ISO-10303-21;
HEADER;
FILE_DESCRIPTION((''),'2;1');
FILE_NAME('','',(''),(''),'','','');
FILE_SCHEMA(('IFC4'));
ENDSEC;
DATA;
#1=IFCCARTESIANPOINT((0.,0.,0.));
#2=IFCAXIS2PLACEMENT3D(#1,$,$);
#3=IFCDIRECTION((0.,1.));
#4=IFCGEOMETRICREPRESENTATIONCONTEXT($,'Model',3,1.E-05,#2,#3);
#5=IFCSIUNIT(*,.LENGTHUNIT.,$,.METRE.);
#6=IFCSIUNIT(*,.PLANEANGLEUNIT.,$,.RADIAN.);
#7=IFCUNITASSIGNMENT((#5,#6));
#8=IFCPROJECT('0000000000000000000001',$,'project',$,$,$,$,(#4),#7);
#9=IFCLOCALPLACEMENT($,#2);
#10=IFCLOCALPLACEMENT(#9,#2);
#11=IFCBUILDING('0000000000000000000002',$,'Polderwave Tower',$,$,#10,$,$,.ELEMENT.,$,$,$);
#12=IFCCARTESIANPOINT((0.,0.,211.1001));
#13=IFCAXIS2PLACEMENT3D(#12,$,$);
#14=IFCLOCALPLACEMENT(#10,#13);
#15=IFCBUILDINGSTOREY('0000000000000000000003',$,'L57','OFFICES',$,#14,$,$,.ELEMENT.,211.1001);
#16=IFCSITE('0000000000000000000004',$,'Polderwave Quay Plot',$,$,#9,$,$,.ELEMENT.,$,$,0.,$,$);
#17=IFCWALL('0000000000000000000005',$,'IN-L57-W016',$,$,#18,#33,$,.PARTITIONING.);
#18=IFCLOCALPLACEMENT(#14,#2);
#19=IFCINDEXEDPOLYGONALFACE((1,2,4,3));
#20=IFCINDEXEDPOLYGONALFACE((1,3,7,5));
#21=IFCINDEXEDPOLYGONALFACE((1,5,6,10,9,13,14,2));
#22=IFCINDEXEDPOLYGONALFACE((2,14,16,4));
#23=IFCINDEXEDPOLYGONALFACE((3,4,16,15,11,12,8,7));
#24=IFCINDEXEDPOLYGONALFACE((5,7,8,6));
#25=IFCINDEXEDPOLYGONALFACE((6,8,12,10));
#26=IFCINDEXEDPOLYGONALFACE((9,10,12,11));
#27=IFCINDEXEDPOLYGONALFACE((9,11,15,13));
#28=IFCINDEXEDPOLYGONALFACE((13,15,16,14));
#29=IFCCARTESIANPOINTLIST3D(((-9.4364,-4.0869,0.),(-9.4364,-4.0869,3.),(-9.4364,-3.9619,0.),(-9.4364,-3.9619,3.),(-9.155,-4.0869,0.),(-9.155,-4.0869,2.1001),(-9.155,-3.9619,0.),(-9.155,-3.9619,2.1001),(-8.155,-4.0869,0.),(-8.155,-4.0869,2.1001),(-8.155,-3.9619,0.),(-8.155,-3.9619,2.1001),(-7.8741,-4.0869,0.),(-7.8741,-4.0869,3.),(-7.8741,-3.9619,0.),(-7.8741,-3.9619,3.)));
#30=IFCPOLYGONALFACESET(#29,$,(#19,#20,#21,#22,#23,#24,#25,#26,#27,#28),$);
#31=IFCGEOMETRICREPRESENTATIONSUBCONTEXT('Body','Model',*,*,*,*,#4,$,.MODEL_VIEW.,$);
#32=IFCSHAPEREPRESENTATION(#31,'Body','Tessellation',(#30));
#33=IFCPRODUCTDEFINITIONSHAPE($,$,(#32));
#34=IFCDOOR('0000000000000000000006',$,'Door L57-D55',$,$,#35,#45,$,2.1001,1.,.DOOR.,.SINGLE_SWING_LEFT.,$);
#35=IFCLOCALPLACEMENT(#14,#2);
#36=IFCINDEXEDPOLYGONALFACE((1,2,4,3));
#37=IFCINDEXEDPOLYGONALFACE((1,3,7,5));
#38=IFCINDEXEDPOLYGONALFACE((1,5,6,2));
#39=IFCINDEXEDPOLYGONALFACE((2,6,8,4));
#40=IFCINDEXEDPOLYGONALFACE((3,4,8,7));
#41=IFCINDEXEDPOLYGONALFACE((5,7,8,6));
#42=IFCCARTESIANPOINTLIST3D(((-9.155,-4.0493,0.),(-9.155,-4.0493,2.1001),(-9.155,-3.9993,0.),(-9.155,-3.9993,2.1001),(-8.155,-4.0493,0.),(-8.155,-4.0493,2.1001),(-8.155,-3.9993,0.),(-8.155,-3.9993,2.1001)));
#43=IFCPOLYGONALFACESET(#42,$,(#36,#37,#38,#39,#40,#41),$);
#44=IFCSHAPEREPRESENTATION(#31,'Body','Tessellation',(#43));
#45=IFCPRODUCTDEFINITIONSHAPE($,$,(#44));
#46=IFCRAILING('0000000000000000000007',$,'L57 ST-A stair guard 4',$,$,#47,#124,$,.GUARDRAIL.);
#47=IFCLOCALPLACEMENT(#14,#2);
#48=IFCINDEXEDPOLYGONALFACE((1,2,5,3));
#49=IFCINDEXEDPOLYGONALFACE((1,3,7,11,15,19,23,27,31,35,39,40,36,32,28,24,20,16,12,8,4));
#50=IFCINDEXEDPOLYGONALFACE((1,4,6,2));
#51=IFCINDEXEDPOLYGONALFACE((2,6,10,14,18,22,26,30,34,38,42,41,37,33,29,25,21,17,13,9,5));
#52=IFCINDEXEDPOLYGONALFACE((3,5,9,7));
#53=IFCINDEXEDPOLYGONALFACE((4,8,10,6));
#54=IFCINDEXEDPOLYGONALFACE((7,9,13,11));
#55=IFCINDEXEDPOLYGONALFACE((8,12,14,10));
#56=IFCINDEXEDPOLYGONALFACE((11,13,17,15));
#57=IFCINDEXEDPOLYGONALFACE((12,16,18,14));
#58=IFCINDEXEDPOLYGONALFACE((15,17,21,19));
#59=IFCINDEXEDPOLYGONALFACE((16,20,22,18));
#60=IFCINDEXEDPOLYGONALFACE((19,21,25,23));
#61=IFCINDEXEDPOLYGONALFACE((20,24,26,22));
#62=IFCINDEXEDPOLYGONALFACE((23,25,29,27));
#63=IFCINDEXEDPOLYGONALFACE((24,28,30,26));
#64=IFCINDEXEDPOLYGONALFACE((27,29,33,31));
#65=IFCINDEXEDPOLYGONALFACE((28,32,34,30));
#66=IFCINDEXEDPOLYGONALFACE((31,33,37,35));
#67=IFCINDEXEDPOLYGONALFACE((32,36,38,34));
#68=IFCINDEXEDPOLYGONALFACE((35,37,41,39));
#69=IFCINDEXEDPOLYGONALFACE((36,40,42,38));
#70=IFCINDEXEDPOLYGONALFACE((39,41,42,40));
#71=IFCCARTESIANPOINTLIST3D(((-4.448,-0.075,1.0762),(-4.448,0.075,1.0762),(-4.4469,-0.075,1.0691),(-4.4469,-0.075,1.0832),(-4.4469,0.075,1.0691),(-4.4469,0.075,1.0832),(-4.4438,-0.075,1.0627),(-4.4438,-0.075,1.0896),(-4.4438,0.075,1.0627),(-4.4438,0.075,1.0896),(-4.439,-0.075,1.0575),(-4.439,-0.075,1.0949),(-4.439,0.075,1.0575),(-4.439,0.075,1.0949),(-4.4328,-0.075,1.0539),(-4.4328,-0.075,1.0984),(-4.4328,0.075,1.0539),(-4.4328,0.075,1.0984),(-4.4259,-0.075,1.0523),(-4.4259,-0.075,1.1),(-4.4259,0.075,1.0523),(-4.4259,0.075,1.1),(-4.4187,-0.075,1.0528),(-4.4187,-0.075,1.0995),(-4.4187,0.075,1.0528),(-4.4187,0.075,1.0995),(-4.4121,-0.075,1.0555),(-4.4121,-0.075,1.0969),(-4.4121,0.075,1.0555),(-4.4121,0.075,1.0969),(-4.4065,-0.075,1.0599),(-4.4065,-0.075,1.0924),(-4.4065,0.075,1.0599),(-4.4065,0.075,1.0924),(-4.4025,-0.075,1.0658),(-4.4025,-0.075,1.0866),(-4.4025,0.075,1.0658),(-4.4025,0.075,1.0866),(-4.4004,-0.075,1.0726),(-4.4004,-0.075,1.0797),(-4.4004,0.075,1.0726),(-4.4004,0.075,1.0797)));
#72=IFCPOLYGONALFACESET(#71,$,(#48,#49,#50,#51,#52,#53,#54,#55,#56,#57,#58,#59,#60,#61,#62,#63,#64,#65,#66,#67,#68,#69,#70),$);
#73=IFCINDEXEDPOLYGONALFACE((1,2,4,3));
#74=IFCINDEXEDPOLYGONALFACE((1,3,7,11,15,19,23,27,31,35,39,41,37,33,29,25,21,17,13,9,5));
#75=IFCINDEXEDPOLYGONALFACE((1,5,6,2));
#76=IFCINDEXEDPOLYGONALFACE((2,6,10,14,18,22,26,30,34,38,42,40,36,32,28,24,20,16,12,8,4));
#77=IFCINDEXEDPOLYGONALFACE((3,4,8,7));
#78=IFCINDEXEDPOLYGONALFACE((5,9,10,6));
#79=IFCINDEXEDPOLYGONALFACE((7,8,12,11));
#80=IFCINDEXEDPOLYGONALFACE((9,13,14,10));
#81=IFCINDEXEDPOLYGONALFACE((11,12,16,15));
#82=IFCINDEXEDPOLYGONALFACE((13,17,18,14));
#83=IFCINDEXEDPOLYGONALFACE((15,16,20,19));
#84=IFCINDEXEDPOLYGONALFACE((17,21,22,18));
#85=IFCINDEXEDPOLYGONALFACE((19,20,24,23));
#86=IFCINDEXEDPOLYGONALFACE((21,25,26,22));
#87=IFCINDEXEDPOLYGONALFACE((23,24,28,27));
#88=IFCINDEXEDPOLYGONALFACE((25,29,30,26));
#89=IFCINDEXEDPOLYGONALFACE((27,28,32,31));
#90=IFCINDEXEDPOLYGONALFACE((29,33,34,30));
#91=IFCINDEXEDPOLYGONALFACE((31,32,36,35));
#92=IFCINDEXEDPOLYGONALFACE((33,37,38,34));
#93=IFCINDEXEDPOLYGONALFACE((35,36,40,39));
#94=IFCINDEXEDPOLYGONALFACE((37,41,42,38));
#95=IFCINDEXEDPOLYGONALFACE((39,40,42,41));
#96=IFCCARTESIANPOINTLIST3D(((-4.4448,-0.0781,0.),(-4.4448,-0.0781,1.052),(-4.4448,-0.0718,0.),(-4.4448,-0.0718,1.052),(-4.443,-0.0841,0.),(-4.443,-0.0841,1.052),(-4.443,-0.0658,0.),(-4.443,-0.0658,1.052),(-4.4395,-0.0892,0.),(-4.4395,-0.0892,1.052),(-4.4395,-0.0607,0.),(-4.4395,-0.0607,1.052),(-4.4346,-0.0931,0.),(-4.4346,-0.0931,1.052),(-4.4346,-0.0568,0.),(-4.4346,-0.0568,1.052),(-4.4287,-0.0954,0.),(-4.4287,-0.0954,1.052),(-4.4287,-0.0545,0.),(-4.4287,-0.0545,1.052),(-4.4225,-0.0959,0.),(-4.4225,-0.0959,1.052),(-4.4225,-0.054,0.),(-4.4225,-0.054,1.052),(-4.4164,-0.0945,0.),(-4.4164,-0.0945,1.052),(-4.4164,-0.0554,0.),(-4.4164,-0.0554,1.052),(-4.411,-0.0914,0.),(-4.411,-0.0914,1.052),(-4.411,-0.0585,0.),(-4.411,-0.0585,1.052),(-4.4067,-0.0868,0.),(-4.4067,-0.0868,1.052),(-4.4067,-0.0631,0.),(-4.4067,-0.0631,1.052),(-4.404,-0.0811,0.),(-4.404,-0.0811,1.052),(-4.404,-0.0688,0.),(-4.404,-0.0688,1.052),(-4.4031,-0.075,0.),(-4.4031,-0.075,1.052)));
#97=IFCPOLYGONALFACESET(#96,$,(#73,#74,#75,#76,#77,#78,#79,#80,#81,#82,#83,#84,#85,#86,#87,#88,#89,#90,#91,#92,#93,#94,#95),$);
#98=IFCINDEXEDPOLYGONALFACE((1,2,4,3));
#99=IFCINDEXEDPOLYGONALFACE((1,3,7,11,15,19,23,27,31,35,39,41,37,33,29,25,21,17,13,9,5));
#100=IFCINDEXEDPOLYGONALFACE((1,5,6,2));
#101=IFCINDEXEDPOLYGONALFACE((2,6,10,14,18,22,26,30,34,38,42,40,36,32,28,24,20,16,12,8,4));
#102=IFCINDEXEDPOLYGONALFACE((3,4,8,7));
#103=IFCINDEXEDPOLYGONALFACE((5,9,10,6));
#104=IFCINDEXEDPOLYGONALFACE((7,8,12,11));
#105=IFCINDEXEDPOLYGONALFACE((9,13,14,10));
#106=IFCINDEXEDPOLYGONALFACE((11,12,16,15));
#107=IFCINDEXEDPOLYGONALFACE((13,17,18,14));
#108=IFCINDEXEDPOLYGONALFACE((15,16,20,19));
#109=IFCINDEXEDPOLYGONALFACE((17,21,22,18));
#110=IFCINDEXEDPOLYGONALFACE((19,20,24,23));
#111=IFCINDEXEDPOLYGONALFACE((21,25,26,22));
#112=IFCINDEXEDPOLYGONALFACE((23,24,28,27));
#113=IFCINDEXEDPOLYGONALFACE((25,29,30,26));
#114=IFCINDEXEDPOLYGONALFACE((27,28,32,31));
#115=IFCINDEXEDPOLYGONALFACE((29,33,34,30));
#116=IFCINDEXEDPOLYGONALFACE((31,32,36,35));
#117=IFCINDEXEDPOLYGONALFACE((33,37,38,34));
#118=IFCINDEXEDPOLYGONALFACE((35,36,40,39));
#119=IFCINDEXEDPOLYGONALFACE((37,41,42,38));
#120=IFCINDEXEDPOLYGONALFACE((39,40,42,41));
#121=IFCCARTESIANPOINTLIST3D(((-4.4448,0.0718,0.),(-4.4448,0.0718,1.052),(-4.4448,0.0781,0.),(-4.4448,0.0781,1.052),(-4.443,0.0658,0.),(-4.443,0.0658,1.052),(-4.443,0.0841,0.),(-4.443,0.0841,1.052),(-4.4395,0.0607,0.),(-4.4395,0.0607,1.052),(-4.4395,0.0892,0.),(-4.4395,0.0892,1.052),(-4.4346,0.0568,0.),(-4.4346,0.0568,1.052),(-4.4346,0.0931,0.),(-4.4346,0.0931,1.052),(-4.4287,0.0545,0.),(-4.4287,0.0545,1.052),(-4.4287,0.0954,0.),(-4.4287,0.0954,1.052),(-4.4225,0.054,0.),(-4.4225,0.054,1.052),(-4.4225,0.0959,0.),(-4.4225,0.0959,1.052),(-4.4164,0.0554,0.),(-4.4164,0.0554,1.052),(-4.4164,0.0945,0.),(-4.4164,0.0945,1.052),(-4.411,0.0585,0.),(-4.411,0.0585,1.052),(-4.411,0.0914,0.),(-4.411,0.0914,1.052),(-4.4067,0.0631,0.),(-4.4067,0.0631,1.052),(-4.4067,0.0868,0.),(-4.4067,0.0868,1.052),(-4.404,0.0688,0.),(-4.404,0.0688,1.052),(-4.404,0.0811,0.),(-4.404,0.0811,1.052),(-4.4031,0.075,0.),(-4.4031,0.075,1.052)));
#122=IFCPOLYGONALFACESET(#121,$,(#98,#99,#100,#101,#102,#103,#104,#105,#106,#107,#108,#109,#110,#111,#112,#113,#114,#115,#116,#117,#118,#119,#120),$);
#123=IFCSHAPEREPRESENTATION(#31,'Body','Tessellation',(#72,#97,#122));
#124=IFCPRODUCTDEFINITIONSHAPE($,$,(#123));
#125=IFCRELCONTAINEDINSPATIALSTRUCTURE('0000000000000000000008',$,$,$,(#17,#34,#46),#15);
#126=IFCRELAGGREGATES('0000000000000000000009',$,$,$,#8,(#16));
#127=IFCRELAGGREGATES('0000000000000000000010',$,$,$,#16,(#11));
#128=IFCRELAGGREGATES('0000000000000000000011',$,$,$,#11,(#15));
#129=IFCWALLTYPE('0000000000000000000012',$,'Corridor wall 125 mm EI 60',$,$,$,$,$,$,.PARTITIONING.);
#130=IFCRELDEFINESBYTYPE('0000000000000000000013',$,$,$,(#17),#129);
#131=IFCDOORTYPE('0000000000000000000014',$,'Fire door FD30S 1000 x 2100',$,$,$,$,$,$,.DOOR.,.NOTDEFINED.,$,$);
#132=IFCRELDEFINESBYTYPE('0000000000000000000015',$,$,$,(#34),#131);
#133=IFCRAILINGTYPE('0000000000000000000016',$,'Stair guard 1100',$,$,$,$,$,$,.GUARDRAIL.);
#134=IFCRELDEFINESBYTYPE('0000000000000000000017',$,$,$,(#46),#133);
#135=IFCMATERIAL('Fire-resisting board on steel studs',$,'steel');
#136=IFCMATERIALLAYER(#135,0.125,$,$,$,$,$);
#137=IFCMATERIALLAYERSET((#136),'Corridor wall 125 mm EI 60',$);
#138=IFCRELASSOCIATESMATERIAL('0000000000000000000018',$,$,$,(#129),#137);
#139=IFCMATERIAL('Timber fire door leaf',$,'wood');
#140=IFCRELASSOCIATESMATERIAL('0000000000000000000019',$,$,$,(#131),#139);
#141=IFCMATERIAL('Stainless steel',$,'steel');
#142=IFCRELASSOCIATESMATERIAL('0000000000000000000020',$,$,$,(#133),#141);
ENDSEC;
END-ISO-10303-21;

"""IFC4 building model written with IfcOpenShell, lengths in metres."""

from ifc_helpers import new_model, si_unit, direction, frame, frame_2d, origin, origin_2d, place, context, subcontext, project, spatial, rectangle, circle, extrude, material, layer, layer_set, type_object, element, fill, save


model = new_model("IFC4")

# Units and contexts
model_context = context("Model", 3, precision=1e-05, world=origin(), true_north=direction((0.0, 1.0)))
body_context = subcontext(model_context, "Body", "Model", "MODEL_VIEW")
ifc_project = project(units=[si_unit("LENGTHUNIT", "METRE"), si_unit("PLANEANGLEUNIT", "RADIAN")], contexts=[model_context])

# Site, building, storey
site_placement = place(None, origin())
site = spatial("IfcSite", under=ifc_project, at=site_placement, Name="Polderwave Quay Plot", CompositionType="ELEMENT", RefElevation=0.0)
building_placement = place(site_placement, origin())
building = spatial("IfcBuilding", under=site, at=building_placement, Name="Polderwave Tower", CompositionType="ELEMENT")
storey_placement = place(building_placement, frame((0.0, 0.0, 211.1001)))
storey = spatial("IfcBuildingStorey", under=building, at=storey_placement, Name="L57", Description="OFFICES", CompositionType="ELEMENT", Elevation=211.1001)

# Shared definitions
ifc_material_1 = material(Name="Stainless steel", Category="steel")

# Wall, opening, door
ifc_material_2 = material(Name="Fire-resisting board on steel studs", Category="steel")
ifc_layer_1 = layer(ifc_material_2, 0.125)
ifc_layer_set_1 = layer_set([ifc_layer_1], Name="Corridor wall 125 mm EI 60")
wall_type_1 = type_object("IfcWallType", Name="Corridor wall 125 mm EI 60", PredefinedType="PARTITIONING", material=ifc_layer_set_1)
wall_1_placement = place(storey_placement, frame((-7.874, -4.0244, 0.0), z_axis=(0.0, 0.0, 1.0), x_axis=(-1.0, 0.0, 0.0)))
wall_1 = element("IfcWall", 1, at=wall_1_placement, inside=storey, type_object=wall_type_1, Name="IN-L57-W016", PredefinedType="PARTITIONING", context=body_context, shape_type="SweptSolid", body=[
    extrude(rectangle(XDim=1.5623, YDim=0.125, at=frame_2d((0.7812, 0.0))), origin(), (0.0, 0.0, 1.0), 3.0),
])
opening_1_placement = place(wall_1_placement, frame((0.281, 0.0, 0.0)))
opening_1 = element("IfcOpeningElement", 2, at=opening_1_placement, cuts=wall_1, PredefinedType="OPENING", context=body_context, shape_type="SweptSolid", body=[
    extrude(rectangle(XDim=1.0, YDim=2.1001, at=frame_2d((0.5, 1.05))), frame((0.0, 0.0725, 0.0), z_axis=(0.0, -1.0, 0.0), x_axis=(1.0, 0.0, 0.0)), (0.0, 0.0, 1.0), 0.145),
])
ifc_material_3 = material(Name="Timber fire door leaf", Category="wood")
door_type_1 = type_object("IfcDoorType", Name="Fire door FD30S 1000 x 2100", OperationType="NOTDEFINED", PredefinedType="DOOR", material=ifc_material_3)
door_1_placement = place(opening_1_placement, origin())
door_1 = element("IfcDoor", 3, at=door_1_placement, inside=storey, type_object=door_type_1, Name="Door L57-D55", OperationType="SINGLE_SWING_LEFT", OverallHeight=2.1001, OverallWidth=1.0, PredefinedType="DOOR", context=body_context, shape_type="SweptSolid", body=[
    extrude(rectangle(XDim=1.0, YDim=2.1001, at=frame_2d((0.5, 1.05))), frame((0.0, 0.0249, 0.0), z_axis=(0.0, -1.0, 0.0), x_axis=(1.0, 0.0, 0.0)), (0.0, 0.0, 1.0), 0.05),
])
fill(opening_1, door_1)

# Railing
railing_type_1 = type_object("IfcRailingType", Name="Stair guard 1100", PredefinedType="GUARDRAIL", material=ifc_material_1)
railing_1_placement = place(storey_placement, frame((-4.4241, -0.075, 0.0)))
element("IfcRailing", 4, at=railing_1_placement, inside=storey, type_object=railing_type_1, Name="L57 ST-A stair guard 4", PredefinedType="GUARDRAIL", context=body_context, shape_type="SweptSolid", body=[
    extrude(circle(Radius=0.0239, at=origin_2d()), frame((0.0, 0.0, 1.0762), z_axis=(0.0, 1.0, 0.0), x_axis=(-1.0, 0.0, 0.0)), (0.0, 0.0, 1.0), 0.1499),
    extrude(circle(Radius=0.021, at=origin_2d()), origin(), (0.0, 0.0, 1.0), 1.052),
    extrude(circle(Radius=0.021, at=origin_2d()), frame((0.0, 0.1499, 0.0)), (0.0, 0.0, 1.0), 1.052),
])

save(model, "model.ifc")
